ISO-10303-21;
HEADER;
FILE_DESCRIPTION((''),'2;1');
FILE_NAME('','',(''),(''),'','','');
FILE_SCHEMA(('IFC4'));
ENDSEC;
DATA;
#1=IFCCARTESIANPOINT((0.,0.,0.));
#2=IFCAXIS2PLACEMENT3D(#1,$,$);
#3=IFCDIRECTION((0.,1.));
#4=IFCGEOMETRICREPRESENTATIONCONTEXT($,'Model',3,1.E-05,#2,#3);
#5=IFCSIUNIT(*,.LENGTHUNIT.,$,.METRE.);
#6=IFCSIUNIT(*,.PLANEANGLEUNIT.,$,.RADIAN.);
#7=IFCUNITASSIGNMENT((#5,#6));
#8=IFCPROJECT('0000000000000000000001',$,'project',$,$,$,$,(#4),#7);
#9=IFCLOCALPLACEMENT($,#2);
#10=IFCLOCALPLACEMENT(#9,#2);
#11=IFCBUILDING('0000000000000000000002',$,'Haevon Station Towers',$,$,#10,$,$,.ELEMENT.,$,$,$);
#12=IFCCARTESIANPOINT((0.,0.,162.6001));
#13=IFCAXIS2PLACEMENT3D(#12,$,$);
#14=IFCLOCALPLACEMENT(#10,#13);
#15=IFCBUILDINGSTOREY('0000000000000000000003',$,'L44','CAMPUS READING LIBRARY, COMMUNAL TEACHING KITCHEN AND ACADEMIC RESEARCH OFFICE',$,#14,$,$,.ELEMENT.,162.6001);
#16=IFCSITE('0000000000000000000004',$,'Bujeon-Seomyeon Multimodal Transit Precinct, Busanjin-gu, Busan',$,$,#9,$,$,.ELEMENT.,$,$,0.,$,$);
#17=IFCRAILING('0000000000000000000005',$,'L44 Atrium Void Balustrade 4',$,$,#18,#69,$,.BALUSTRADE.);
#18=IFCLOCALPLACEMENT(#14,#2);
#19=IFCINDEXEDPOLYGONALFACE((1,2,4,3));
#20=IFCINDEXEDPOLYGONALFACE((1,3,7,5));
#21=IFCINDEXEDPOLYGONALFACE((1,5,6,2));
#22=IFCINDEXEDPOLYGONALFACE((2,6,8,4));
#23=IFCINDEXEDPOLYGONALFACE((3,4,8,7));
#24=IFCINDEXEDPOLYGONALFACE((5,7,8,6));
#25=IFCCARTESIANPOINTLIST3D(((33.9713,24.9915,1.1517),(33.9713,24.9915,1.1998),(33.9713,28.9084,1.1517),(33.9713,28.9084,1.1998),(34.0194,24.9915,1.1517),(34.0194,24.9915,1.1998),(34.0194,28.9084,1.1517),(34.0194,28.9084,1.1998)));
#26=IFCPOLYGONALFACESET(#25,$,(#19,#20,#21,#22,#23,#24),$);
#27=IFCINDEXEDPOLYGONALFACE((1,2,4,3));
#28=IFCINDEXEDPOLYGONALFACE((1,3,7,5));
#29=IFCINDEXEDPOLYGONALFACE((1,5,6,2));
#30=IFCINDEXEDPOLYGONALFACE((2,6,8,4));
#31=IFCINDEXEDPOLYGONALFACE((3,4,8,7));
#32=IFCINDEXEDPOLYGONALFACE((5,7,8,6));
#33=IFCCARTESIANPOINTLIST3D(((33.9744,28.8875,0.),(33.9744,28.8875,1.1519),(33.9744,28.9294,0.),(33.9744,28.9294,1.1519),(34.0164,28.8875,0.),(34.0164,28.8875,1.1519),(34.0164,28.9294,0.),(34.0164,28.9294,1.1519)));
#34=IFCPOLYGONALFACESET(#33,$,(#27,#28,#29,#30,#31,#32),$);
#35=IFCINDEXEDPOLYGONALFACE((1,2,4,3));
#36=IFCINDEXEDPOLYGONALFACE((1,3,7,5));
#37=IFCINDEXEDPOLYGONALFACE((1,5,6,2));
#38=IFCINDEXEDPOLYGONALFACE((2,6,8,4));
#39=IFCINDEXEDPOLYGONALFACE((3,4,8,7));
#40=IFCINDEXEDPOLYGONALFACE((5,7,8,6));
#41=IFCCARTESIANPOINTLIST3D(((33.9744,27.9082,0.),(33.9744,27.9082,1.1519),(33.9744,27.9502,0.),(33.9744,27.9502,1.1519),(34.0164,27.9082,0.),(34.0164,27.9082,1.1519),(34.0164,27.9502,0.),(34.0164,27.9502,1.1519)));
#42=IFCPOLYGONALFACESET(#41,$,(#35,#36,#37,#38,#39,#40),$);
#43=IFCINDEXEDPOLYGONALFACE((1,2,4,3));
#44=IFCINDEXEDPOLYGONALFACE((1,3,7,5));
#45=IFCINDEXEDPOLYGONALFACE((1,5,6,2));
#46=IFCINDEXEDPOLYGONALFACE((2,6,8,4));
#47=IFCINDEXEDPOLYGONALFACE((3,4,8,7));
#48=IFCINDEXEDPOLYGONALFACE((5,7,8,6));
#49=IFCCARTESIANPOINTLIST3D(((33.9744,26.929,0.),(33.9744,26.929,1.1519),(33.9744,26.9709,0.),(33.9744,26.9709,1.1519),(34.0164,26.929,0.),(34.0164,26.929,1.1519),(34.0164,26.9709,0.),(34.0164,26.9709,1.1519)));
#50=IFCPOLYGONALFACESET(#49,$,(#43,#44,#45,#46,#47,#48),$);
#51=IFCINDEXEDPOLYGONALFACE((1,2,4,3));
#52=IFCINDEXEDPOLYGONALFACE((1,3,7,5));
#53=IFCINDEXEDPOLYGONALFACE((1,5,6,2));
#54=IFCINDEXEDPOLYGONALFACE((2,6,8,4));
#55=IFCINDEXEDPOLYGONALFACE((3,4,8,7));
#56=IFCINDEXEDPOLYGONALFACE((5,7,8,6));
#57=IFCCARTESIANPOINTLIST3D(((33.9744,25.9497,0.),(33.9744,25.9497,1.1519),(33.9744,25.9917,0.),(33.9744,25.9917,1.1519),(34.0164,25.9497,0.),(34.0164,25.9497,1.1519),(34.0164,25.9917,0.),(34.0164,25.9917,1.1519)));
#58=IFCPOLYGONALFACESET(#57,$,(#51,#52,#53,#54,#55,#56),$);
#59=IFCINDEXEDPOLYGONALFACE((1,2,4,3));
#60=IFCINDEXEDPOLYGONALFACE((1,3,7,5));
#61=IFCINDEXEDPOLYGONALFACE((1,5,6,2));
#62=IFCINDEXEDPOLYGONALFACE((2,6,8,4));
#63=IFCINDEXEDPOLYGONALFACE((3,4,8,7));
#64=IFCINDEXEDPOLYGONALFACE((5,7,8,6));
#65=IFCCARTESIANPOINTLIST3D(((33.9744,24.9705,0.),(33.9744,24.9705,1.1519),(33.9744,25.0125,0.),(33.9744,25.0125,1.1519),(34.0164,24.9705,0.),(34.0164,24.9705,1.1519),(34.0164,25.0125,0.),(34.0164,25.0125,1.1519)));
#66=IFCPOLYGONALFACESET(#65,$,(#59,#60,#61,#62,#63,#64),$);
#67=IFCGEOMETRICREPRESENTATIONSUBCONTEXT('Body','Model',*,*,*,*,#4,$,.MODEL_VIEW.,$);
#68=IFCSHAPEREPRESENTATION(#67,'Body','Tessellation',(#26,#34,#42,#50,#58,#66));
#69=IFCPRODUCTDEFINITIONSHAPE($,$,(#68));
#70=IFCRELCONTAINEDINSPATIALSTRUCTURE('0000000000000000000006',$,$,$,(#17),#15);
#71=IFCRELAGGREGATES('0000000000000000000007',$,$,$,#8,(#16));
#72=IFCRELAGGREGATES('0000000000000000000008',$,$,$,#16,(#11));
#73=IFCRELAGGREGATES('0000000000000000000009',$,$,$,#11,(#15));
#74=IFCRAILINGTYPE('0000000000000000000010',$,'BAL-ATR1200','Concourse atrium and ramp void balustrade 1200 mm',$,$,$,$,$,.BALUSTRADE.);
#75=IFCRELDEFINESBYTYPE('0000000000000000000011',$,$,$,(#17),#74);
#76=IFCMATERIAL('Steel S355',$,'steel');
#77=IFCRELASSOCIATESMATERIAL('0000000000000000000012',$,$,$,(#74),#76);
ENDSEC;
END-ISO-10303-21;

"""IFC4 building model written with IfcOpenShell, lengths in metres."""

from ifc_helpers import new_model, si_unit, direction, frame, origin, origin_2d, place, context, subcontext, project, spatial, rectangle, extrude, material, type_object, element, save


model = new_model("IFC4")

# Units and contexts
model_context = context("Model", 3, precision=1e-05, world=origin(), true_north=direction((0.0, 1.0)))
body_context = subcontext(model_context, "Body", "Model", "MODEL_VIEW")
ifc_project = project(units=[si_unit("LENGTHUNIT", "METRE"), si_unit("PLANEANGLEUNIT", "RADIAN")], contexts=[model_context])

# Site, building, storey
site_placement = place(None, origin())
site = spatial("IfcSite", under=ifc_project, at=site_placement, Name="Bujeon-Seomyeon Multimodal Transit Precinct, Busanjin-gu, Busan", CompositionType="ELEMENT", RefElevation=0.0)
building_placement = place(site_placement, origin())
building = spatial("IfcBuilding", under=site, at=building_placement, Name="Haevon Station Towers", CompositionType="ELEMENT")
storey_placement = place(building_placement, frame((0.0, 0.0, 162.6001)))
storey = spatial("IfcBuildingStorey", under=building, at=storey_placement, Name="L44", Description="CAMPUS READING LIBRARY, COMMUNAL TEACHING KITCHEN AND ACADEMIC RESEARCH OFFICE", CompositionType="ELEMENT", Elevation=162.6001)

# Shared definitions
ifc_material_1 = material(Name="Steel S355", Category="steel")

# Railing
railing_type = type_object("IfcRailingType", Name="BAL-ATR1200", Description="Concourse atrium and ramp void balustrade 1200 mm", PredefinedType="BALUSTRADE", material=ifc_material_1)
railing_1_placement = place(storey_placement, frame((33.9954, 28.9084, 0.0)))
element("IfcRailing", 1, at=railing_1_placement, inside=storey, type_object=railing_type, Name="L44 Atrium Void Balustrade 4", PredefinedType="BALUSTRADE", context=body_context, shape_type="SweptSolid", body=[
    extrude(rectangle(XDim=0.0481, YDim=0.0481, at=origin_2d()), frame((0.0, 0.0, 1.1758), z_axis=(0.0, -1.0, 0.0), x_axis=(1.0, 0.0, 0.0)), (0.0, 0.0, 1.0), 3.917),
    extrude(rectangle(XDim=0.042, YDim=0.042, at=origin_2d()), origin(), (0.0, 0.0, 1.0), 1.1519),
    extrude(rectangle(XDim=0.042, YDim=0.042, at=origin_2d()), frame((0.0, -0.9792, 0.0)), (0.0, 0.0, 1.0), 1.1519),
    extrude(rectangle(XDim=0.042, YDim=0.042, at=origin_2d()), frame((0.0, -1.9585, 0.0)), (0.0, 0.0, 1.0), 1.1519),
    extrude(rectangle(XDim=0.042, YDim=0.042, at=origin_2d()), frame((0.0, -2.9377, 0.0)), (0.0, 0.0, 1.0), 1.1519),
    extrude(rectangle(XDim=0.042, YDim=0.042, at=origin_2d()), frame((0.0, -3.917, 0.0)), (0.0, 0.0, 1.0), 1.1519),
])

save(model, "model.ifc")
